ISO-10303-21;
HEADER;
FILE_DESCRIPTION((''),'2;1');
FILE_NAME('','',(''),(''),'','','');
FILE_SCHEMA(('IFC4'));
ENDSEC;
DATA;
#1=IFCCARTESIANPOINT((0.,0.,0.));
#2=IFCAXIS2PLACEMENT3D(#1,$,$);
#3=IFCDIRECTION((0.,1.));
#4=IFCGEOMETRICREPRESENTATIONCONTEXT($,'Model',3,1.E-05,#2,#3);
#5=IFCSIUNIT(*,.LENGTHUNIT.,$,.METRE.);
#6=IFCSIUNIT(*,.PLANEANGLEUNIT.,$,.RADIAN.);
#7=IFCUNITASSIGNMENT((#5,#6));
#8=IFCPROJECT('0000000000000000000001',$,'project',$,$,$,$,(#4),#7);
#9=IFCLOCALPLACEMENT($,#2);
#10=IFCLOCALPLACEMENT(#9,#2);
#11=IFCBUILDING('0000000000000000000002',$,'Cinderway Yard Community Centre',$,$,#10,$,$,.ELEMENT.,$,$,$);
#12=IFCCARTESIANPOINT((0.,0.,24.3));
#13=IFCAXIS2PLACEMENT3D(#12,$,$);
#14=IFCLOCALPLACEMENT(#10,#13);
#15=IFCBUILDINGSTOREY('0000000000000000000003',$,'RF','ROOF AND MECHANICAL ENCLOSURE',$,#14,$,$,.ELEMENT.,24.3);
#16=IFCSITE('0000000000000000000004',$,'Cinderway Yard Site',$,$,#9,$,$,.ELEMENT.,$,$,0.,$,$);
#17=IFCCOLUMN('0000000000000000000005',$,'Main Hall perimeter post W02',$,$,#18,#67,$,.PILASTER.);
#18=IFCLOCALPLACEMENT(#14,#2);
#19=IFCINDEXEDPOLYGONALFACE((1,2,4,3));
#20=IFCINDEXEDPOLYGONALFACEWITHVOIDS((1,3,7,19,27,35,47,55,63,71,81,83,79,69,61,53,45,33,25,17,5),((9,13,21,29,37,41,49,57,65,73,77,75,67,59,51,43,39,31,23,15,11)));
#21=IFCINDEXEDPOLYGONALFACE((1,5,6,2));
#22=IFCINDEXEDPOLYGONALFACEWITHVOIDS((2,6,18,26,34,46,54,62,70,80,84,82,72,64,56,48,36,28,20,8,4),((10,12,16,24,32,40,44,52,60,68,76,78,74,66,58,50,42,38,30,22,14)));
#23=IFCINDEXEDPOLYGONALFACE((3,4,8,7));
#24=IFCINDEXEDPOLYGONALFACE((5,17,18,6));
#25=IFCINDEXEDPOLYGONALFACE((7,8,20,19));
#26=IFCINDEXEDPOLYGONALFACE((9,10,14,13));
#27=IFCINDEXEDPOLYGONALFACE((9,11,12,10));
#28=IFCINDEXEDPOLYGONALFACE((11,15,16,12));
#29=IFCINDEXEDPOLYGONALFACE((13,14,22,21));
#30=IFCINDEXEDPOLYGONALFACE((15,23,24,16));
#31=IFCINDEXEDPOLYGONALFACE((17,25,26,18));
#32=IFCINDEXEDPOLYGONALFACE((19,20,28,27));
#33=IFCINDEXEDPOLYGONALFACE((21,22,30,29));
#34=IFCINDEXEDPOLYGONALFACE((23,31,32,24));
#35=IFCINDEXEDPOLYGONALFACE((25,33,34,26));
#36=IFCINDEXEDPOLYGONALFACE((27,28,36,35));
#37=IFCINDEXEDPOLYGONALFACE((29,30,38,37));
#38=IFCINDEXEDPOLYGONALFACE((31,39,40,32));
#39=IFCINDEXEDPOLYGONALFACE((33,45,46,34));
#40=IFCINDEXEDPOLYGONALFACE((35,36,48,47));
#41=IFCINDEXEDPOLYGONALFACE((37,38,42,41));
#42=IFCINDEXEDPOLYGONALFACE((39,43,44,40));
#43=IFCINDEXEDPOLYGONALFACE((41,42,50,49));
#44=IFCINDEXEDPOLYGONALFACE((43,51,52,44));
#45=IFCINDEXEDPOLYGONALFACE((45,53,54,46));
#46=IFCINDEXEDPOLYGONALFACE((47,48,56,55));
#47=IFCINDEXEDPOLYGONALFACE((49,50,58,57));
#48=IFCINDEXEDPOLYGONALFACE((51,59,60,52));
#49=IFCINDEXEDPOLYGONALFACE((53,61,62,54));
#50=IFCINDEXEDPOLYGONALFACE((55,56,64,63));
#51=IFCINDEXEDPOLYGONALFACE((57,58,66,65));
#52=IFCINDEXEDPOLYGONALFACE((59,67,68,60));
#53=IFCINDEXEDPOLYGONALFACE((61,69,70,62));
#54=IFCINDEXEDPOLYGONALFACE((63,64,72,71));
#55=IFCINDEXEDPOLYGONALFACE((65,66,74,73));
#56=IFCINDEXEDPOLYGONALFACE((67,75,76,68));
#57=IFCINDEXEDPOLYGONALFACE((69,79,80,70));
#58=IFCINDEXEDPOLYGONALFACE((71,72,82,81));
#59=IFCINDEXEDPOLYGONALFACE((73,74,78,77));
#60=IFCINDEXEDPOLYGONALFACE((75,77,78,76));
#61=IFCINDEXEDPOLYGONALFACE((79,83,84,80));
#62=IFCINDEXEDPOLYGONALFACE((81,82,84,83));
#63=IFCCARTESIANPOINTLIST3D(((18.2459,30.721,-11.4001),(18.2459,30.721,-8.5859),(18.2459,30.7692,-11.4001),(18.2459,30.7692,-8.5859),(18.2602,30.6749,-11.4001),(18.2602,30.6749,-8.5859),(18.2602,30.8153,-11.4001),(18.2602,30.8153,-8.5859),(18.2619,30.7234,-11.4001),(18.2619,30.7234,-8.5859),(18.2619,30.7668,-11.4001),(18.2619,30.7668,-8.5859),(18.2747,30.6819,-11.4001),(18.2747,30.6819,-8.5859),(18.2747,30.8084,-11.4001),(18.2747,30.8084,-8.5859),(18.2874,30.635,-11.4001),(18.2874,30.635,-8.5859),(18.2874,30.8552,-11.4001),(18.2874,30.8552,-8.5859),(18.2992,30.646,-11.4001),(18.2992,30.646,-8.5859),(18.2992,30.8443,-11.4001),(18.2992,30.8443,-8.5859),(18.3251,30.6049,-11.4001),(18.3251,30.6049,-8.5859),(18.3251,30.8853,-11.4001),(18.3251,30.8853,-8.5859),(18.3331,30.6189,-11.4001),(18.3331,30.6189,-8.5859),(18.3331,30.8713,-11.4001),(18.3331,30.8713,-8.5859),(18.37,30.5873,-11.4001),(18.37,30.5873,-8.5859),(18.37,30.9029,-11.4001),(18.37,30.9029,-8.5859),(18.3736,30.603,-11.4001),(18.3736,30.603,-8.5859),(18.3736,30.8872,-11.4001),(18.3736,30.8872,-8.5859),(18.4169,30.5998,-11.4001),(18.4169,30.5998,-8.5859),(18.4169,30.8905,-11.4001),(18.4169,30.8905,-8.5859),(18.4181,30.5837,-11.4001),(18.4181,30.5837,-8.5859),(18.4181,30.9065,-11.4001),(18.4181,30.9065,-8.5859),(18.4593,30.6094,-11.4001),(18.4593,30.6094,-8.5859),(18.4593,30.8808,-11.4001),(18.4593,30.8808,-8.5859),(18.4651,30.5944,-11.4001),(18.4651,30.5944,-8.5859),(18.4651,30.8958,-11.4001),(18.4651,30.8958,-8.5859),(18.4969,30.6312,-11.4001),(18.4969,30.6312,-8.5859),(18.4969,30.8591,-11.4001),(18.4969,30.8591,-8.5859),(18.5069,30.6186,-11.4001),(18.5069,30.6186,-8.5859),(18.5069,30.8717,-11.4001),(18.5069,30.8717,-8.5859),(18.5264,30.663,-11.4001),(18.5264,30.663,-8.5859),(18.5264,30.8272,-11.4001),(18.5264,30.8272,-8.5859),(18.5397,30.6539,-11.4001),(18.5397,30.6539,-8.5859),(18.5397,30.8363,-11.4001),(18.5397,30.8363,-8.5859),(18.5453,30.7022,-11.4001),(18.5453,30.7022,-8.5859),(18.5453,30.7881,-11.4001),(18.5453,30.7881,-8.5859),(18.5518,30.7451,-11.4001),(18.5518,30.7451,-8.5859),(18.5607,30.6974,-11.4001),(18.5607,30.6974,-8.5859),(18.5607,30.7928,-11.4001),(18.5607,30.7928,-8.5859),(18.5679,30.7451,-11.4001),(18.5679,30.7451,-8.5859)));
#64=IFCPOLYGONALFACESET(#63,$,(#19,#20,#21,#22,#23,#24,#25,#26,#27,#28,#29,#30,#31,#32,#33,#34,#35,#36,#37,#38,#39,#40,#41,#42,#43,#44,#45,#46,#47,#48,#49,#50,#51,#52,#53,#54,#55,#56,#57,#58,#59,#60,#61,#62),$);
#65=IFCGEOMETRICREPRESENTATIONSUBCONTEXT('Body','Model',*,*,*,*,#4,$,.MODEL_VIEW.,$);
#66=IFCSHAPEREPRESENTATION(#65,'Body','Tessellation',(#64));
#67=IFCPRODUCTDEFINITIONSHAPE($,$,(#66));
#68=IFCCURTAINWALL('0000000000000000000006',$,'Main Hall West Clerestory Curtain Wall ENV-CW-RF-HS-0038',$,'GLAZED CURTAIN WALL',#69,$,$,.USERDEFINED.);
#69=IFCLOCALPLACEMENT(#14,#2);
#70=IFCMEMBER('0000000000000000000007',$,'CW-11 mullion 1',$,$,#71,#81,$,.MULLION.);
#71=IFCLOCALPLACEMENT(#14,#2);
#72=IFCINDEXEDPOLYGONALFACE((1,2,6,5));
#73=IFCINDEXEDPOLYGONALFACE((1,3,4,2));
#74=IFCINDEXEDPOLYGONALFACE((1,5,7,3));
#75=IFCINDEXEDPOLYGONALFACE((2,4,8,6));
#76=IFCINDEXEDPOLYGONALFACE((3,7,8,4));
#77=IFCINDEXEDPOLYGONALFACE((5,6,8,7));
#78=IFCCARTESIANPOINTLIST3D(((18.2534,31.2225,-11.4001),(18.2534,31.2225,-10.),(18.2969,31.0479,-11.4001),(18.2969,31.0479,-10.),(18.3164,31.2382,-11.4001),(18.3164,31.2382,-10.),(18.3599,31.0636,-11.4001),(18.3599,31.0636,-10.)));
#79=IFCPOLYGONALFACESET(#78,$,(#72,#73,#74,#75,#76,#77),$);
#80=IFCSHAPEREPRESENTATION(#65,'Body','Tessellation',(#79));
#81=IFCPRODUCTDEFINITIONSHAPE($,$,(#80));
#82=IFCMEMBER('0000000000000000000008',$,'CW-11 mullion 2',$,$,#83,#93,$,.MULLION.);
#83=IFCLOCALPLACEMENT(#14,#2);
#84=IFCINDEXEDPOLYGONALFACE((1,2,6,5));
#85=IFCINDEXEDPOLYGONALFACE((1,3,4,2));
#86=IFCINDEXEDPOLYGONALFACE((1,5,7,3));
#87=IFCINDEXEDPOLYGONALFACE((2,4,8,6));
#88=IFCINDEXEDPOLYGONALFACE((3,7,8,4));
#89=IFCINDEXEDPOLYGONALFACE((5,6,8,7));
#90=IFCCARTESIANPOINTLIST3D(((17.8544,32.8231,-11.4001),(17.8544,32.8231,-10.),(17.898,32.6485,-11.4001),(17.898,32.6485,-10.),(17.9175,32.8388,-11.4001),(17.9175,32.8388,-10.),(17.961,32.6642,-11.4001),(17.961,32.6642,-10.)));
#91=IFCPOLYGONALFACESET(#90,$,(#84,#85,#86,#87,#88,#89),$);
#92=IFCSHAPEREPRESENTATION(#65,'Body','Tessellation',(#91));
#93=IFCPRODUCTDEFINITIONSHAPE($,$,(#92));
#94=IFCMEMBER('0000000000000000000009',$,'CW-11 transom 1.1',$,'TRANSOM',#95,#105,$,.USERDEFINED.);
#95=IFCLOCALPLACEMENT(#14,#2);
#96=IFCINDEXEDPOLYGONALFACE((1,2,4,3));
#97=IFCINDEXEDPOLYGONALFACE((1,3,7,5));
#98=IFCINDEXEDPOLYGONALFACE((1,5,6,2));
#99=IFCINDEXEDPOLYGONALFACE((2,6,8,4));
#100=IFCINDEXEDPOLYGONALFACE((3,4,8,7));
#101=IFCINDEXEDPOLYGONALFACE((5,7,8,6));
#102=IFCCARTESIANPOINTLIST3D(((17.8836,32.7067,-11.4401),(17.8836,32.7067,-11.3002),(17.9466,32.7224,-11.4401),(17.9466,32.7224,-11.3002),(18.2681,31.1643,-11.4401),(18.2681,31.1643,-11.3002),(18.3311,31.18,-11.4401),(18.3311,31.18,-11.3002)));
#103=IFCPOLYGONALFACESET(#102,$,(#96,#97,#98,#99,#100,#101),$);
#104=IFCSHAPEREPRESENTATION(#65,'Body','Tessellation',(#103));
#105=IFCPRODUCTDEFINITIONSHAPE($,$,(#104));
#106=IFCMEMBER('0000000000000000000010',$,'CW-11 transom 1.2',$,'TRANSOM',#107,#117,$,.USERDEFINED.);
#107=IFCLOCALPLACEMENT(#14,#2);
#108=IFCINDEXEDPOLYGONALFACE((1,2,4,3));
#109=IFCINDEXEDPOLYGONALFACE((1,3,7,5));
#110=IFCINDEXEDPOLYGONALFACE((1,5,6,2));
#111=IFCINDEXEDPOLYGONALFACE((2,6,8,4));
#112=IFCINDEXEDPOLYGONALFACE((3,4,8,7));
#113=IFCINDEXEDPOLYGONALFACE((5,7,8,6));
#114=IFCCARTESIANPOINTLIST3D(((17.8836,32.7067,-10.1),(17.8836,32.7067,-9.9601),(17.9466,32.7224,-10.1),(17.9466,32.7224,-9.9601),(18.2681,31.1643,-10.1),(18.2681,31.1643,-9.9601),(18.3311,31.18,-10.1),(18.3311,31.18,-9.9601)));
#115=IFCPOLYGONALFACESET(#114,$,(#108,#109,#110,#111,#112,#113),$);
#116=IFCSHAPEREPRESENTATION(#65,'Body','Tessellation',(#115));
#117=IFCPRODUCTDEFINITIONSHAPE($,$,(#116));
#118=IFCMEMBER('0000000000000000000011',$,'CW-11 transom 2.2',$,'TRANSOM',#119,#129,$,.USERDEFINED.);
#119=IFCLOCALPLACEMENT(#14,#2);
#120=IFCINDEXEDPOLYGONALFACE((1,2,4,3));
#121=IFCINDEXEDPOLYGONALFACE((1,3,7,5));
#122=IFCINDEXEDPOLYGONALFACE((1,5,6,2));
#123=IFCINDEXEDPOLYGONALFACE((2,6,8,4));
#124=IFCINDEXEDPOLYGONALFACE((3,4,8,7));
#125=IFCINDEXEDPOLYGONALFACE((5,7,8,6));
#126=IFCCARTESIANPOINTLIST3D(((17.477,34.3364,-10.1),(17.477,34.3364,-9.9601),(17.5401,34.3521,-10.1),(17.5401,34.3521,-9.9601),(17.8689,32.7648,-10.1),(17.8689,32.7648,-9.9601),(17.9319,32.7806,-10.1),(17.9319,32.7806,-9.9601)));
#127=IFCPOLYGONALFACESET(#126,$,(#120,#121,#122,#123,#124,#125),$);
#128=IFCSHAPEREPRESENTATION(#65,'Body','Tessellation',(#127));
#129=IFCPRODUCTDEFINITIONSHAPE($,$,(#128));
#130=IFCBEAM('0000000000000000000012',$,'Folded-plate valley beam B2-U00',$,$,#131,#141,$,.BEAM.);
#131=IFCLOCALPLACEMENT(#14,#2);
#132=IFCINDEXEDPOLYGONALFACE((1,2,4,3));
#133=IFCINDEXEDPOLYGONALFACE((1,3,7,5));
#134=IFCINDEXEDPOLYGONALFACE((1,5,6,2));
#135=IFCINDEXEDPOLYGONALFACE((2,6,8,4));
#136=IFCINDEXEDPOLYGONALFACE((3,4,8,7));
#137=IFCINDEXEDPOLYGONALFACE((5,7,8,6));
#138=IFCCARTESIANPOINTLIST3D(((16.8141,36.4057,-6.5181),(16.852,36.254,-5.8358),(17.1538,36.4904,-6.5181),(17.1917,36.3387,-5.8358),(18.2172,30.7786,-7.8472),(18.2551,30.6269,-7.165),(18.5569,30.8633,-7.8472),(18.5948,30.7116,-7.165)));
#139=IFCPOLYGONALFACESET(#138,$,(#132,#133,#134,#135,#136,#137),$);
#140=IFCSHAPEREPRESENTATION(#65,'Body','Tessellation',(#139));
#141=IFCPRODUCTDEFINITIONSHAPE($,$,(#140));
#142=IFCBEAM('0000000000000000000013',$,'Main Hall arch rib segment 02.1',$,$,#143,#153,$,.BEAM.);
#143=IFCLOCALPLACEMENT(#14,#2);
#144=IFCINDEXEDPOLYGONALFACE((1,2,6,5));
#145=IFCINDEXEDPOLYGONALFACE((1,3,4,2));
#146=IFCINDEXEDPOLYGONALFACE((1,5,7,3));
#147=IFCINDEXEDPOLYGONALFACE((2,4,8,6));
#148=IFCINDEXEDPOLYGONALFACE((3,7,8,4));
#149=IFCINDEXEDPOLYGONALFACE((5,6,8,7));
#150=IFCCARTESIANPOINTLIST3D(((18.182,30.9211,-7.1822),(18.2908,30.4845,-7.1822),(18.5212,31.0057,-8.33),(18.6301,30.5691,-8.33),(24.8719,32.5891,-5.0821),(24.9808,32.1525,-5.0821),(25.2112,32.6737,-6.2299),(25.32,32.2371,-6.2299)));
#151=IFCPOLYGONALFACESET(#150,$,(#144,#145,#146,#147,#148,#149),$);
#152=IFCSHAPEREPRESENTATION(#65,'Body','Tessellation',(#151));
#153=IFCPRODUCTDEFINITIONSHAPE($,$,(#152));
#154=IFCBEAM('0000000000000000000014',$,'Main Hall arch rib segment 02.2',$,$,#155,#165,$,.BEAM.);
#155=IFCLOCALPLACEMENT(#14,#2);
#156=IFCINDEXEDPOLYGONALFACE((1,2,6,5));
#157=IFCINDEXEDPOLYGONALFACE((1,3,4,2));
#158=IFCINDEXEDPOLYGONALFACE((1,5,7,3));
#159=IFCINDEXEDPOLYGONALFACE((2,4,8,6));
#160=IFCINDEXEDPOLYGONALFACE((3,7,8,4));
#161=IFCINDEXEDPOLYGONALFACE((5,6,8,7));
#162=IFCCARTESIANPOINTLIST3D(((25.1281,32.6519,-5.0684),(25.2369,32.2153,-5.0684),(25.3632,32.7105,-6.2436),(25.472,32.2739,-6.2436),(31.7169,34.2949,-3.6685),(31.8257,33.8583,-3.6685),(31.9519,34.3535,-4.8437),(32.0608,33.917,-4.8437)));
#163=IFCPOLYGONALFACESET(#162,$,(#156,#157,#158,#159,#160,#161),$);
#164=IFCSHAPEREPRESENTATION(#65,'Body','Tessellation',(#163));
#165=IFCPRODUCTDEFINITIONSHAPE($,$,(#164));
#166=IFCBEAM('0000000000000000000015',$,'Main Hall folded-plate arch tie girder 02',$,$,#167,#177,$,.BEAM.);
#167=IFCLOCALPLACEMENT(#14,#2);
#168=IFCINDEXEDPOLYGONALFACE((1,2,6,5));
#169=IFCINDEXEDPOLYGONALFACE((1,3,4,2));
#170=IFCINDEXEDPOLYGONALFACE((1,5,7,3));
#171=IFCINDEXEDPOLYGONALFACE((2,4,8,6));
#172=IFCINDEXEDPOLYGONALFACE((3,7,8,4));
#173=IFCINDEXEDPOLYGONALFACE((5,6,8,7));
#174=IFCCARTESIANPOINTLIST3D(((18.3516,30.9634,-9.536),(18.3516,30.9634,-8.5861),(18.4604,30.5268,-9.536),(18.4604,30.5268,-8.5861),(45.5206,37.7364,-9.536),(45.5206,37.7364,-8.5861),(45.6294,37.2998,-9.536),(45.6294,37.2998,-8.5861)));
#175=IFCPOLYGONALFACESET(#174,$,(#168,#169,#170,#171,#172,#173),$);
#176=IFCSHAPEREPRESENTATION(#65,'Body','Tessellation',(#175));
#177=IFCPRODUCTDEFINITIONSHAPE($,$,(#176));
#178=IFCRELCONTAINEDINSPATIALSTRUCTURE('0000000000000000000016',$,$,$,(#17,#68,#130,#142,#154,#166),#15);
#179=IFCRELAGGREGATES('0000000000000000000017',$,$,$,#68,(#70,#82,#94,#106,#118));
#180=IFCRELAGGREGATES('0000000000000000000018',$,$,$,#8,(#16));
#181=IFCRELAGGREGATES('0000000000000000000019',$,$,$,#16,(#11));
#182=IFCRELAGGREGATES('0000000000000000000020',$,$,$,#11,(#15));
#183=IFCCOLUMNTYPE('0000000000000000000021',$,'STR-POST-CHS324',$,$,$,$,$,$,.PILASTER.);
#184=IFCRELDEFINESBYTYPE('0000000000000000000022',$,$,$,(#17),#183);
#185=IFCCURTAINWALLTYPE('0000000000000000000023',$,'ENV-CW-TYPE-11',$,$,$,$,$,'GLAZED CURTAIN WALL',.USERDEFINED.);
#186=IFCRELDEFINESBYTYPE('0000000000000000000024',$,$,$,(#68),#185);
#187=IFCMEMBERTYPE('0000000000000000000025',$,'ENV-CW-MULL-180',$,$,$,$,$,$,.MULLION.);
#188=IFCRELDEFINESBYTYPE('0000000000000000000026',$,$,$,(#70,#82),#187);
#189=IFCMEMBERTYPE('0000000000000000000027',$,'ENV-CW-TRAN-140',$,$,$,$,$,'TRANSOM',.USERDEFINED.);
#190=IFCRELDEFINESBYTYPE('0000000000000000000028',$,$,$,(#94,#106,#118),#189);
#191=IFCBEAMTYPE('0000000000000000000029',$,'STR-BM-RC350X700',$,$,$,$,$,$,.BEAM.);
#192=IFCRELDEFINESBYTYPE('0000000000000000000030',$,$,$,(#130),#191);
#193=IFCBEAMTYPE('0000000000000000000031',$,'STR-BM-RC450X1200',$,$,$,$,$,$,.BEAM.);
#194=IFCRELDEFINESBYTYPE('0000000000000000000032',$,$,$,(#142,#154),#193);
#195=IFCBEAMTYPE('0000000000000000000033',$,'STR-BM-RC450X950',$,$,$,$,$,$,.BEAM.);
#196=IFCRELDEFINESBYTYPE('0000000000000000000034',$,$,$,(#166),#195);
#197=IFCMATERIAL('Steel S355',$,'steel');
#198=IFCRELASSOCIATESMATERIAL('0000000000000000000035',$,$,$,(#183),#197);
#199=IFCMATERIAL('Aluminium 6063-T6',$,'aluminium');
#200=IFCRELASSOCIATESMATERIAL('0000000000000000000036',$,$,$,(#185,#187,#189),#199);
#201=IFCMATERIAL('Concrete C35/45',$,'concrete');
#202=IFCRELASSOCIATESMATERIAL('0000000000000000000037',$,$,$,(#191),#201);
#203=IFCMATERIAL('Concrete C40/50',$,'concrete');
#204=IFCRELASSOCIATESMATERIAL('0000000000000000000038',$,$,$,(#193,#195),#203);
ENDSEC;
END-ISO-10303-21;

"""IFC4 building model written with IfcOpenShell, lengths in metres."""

from ifc_helpers import new_model, si_unit, direction, frame, origin, origin_2d, place, context, subcontext, project, spatial, rectangle, hollow_circle, extrude, material, material_profile, profile_set, type_object, element, aggregate, save


model = new_model("IFC4")

# Units and contexts
model_context = context("Model", 3, precision=1e-05, world=origin(), true_north=direction((0.0, 1.0)))
body_context = subcontext(model_context, "Body", "Model", "MODEL_VIEW")
ifc_project = project(units=[si_unit("LENGTHUNIT", "METRE"), si_unit("PLANEANGLEUNIT", "RADIAN")], contexts=[model_context])

# Site, building, storey
site_placement = place(None, origin())
site = spatial("IfcSite", under=ifc_project, at=site_placement, Name="Cinderway Yard Site", CompositionType="ELEMENT", RefElevation=0.0)
building_placement = place(site_placement, origin())
building = spatial("IfcBuilding", under=site, at=building_placement, Name="Cinderway Yard Community Centre", CompositionType="ELEMENT")
storey_placement = place(building_placement, frame((0.0, 0.0, 24.3)))
storey = spatial("IfcBuildingStorey", under=building, at=storey_placement, Name="RF", Description="ROOF AND MECHANICAL ENCLOSURE", CompositionType="ELEMENT", Elevation=24.3)

# Column
ifc_material_1 = material(Name="Steel S355", Category="steel")
ifc_material_profile_1 = material_profile(ifc_material_1, hollow_circle(Radius=0.1619, WallThickness=0.0161, at=origin_2d()), Name="Steel S355")
ifc_profile_set_1 = profile_set([ifc_material_profile_1], Name="Steel S355")
column_type = type_object("IfcColumnType", Name="STR-POST-CHS324", PredefinedType="PILASTER", material=ifc_profile_set_1)
column_placement = place(storey_placement, frame((18.406, 30.7451, -11.4001), z_axis=(0.0, 0.0, 1.0), x_axis=(1.0, 0.0, 0.0)))
element("IfcColumn", 1, at=column_placement, inside=storey, type_object=column_type, Name="Main Hall perimeter post W02", PredefinedType="PILASTER", context=body_context, shape_type="SweptSolid", body=[
    extrude(hollow_circle(Radius=0.1619, WallThickness=0.0161, at=origin_2d()), origin(), (0.0, 0.0, 1.0), 2.8142),
])

# Curtain wall, members
ifc_material_2 = material(Name="Aluminium 6063-T6", Category="aluminium")
curtain_wall_type = type_object("IfcCurtainWallType", Name="ENV-CW-TYPE-11", ElementType="GLAZED CURTAIN WALL", PredefinedType="USERDEFINED", material=ifc_material_2)
curtain_wall_placement = place(storey_placement, origin())
curtain_wall = element("IfcCurtainWall", 2, at=curtain_wall_placement, inside=storey, type_object=curtain_wall_type, Name="Main Hall West Clerestory Curtain Wall ENV-CW-RF-HS-0038", ObjectType="GLAZED CURTAIN WALL", PredefinedType="USERDEFINED")
ifc_material_profile_2 = material_profile(ifc_material_2, rectangle(XDim=0.0649, YDim=0.1799, at=origin_2d()), Name="Aluminium 6063-T6")
ifc_profile_set_2 = profile_set([ifc_material_profile_2], Name="Aluminium 6063-T6")
member_type_1 = type_object("IfcMemberType", Name="ENV-CW-MULL-180", PredefinedType="MULLION", material=ifc_profile_set_2)
member_1_placement = place(storey_placement, frame((18.3066, 31.1431, -11.4001), z_axis=(0.0, 0.0, 1.0), x_axis=(-0.970294, -0.241929, 0.0)))
member_1 = element("IfcMember", 3, at=member_1_placement, type_object=member_type_1, Name="CW-11 mullion 1", PredefinedType="MULLION", context=body_context, shape_type="SweptSolid", body=[
    extrude(rectangle(XDim=0.0649, YDim=0.1799, at=origin_2d()), origin(), (0.0, 0.0, 1.0), 1.4001),
])
member_2_placement = place(storey_placement, frame((17.9077, 32.7437, -11.4001), z_axis=(0.0, 0.0, 1.0), x_axis=(-0.970294, -0.241929, 0.0)))
member_2 = element("IfcMember", 4, at=member_2_placement, type_object=member_type_1, Name="CW-11 mullion 2", PredefinedType="MULLION", context=body_context, shape_type="SweptSolid", body=[
    extrude(rectangle(XDim=0.0649, YDim=0.1799, at=origin_2d()), origin(), (0.0, 0.0, 1.0), 1.4001),
])
ifc_material_profile_3 = material_profile(ifc_material_2, rectangle(XDim=0.0649, YDim=0.1399, at=origin_2d()), Name="Aluminium 6063-T6")
ifc_profile_set_3 = profile_set([ifc_material_profile_3], Name="Aluminium 6063-T6")
member_type_2 = type_object("IfcMemberType", Name="ENV-CW-TRAN-140", ElementType="TRANSOM", PredefinedType="USERDEFINED", material=ifc_profile_set_3)
member_3_placement = place(storey_placement, frame((18.2996, 31.1721, -11.3701), z_axis=(-0.241885, 0.970305, 0.0), x_axis=(-0.970305, -0.241885, 0.0)))
member_3 = element("IfcMember", 5, at=member_3_placement, type_object=member_type_2, Name="CW-11 transom 1.1", ObjectType="TRANSOM", PredefinedType="USERDEFINED", context=body_context, shape_type="SweptSolid", body=[
    extrude(rectangle(XDim=0.0649, YDim=0.1399, at=origin_2d()), origin(), (0.0, 0.0, 1.0), 1.5896),
])
member_4_placement = place(storey_placement, frame((18.2996, 31.1721, -10.03), z_axis=(-0.241885, 0.970305, 0.0), x_axis=(-0.970305, -0.241885, 0.0)))
member_4 = element("IfcMember", 6, at=member_4_placement, type_object=member_type_2, Name="CW-11 transom 1.2", ObjectType="TRANSOM", PredefinedType="USERDEFINED", context=body_context, shape_type="SweptSolid", body=[
    extrude(rectangle(XDim=0.0649, YDim=0.1399, at=origin_2d()), origin(), (0.0, 0.0, 1.0), 1.5896),
])
member_5_placement = place(storey_placement, frame((17.9004, 32.7727, -10.03), z_axis=(-0.241933, 0.970293, 0.0), x_axis=(-0.970293, -0.241933, 0.0)))
member_5 = element("IfcMember", 7, at=member_5_placement, type_object=member_type_2, Name="CW-11 transom 2.2", ObjectType="TRANSOM", PredefinedType="USERDEFINED", context=body_context, shape_type="SweptSolid", body=[
    extrude(rectangle(XDim=0.0649, YDim=0.1399, at=origin_2d()), origin(), (0.0, 0.0, 1.0), 1.6196),
])

# Beams
ifc_material_3 = material(Name="Concrete C35/45", Category="concrete")
ifc_material_profile_4 = material_profile(ifc_material_3, rectangle(XDim=0.3501, YDim=0.7, at=origin_2d()), Name="Concrete C35/45")
ifc_profile_set_4 = profile_set([ifc_material_profile_4], Name="Concrete C35/45")
beam_type_1 = type_object("IfcBeamType", Name="STR-BM-RC350X700", PredefinedType="BEAM", material=ifc_profile_set_4)
beam_1_placement = place(storey_placement, frame((18.406, 30.7451, -7.5061), z_axis=(-0.235827, 0.94577, 0.223393), x_axis=(-0.970291, -0.241941, 0.0)))
element("IfcBeam", 8, at=beam_1_placement, inside=storey, type_object=beam_type_1, Name="Folded-plate valley beam B2-U00", PredefinedType="BEAM", context=body_context, shape_type="SweptSolid", body=[
    extrude(rectangle(XDim=0.3501, YDim=0.7, at=origin_2d()), origin(), (0.0, 0.0, 1.0), 5.9497),
])
ifc_material_4 = material(Name="Concrete C40/50", Category="concrete")
ifc_material_profile_5 = material_profile(ifc_material_4, rectangle(XDim=0.45, YDim=1.2, at=origin_2d()), Name="Concrete C40/50")
ifc_profile_set_5 = profile_set([ifc_material_profile_5], Name="Concrete C40/50")
beam_type_2 = type_object("IfcBeamType", Name="STR-BM-RC450X1200", PredefinedType="BEAM", material=ifc_profile_set_5)
beam_2_placement = place(storey_placement, frame((18.406, 30.7451, -7.7561), z_axis=(0.928194, 0.231422, 0.291377), x_axis=(-0.241919, 0.970296, 0.0)))
element("IfcBeam", 9, at=beam_2_placement, inside=storey, type_object=beam_type_2, Name="Main Hall arch rib segment 02.1", PredefinedType="BEAM", context=body_context, shape_type="SweptSolid", body=[
    extrude(rectangle(XDim=0.45, YDim=1.2, at=origin_2d()), origin(), (0.0, 0.0, 1.0), 7.2075),
])
beam_3_placement = place(storey_placement, frame((25.3, 32.4629, -5.656), z_axis=(0.950303, 0.236977, 0.201906), x_axis=(-0.24196, 0.970286, 0.0)))
element("IfcBeam", 10, at=beam_3_placement, inside=storey, type_object=beam_type_2, Name="Main Hall arch rib segment 02.2", PredefinedType="BEAM", context=body_context, shape_type="SweptSolid", body=[
    extrude(rectangle(XDim=0.45, YDim=1.2, at=origin_2d()), origin(), (0.0, 0.0, 1.0), 6.9333),
])
ifc_material_profile_6 = material_profile(ifc_material_4, rectangle(XDim=0.45, YDim=0.95, at=origin_2d()), Name="Concrete C40/50")
ifc_profile_set_6 = profile_set([ifc_material_profile_6], Name="Concrete C40/50")
beam_type_3 = type_object("IfcBeamType", Name="STR-BM-RC450X950", PredefinedType="BEAM", material=ifc_profile_set_6)
beam_4_placement = place(storey_placement, frame((18.406, 30.7451, -9.061), z_axis=(0.970304, 0.241887, 0.0), x_axis=(-0.241887, 0.970304, 0.0)))
element("IfcBeam", 11, at=beam_4_placement, inside=storey, type_object=beam_type_3, Name="Main Hall folded-plate arch tie girder 02", PredefinedType="BEAM", context=body_context, shape_type="SweptSolid", body=[
    extrude(rectangle(XDim=0.45, YDim=0.95, at=origin_2d()), origin(), (0.0, 0.0, 1.0), 28.0005),
])

aggregate(curtain_wall, [member_1, member_2, member_3, member_4, member_5])

save(model, "model.ifc")
